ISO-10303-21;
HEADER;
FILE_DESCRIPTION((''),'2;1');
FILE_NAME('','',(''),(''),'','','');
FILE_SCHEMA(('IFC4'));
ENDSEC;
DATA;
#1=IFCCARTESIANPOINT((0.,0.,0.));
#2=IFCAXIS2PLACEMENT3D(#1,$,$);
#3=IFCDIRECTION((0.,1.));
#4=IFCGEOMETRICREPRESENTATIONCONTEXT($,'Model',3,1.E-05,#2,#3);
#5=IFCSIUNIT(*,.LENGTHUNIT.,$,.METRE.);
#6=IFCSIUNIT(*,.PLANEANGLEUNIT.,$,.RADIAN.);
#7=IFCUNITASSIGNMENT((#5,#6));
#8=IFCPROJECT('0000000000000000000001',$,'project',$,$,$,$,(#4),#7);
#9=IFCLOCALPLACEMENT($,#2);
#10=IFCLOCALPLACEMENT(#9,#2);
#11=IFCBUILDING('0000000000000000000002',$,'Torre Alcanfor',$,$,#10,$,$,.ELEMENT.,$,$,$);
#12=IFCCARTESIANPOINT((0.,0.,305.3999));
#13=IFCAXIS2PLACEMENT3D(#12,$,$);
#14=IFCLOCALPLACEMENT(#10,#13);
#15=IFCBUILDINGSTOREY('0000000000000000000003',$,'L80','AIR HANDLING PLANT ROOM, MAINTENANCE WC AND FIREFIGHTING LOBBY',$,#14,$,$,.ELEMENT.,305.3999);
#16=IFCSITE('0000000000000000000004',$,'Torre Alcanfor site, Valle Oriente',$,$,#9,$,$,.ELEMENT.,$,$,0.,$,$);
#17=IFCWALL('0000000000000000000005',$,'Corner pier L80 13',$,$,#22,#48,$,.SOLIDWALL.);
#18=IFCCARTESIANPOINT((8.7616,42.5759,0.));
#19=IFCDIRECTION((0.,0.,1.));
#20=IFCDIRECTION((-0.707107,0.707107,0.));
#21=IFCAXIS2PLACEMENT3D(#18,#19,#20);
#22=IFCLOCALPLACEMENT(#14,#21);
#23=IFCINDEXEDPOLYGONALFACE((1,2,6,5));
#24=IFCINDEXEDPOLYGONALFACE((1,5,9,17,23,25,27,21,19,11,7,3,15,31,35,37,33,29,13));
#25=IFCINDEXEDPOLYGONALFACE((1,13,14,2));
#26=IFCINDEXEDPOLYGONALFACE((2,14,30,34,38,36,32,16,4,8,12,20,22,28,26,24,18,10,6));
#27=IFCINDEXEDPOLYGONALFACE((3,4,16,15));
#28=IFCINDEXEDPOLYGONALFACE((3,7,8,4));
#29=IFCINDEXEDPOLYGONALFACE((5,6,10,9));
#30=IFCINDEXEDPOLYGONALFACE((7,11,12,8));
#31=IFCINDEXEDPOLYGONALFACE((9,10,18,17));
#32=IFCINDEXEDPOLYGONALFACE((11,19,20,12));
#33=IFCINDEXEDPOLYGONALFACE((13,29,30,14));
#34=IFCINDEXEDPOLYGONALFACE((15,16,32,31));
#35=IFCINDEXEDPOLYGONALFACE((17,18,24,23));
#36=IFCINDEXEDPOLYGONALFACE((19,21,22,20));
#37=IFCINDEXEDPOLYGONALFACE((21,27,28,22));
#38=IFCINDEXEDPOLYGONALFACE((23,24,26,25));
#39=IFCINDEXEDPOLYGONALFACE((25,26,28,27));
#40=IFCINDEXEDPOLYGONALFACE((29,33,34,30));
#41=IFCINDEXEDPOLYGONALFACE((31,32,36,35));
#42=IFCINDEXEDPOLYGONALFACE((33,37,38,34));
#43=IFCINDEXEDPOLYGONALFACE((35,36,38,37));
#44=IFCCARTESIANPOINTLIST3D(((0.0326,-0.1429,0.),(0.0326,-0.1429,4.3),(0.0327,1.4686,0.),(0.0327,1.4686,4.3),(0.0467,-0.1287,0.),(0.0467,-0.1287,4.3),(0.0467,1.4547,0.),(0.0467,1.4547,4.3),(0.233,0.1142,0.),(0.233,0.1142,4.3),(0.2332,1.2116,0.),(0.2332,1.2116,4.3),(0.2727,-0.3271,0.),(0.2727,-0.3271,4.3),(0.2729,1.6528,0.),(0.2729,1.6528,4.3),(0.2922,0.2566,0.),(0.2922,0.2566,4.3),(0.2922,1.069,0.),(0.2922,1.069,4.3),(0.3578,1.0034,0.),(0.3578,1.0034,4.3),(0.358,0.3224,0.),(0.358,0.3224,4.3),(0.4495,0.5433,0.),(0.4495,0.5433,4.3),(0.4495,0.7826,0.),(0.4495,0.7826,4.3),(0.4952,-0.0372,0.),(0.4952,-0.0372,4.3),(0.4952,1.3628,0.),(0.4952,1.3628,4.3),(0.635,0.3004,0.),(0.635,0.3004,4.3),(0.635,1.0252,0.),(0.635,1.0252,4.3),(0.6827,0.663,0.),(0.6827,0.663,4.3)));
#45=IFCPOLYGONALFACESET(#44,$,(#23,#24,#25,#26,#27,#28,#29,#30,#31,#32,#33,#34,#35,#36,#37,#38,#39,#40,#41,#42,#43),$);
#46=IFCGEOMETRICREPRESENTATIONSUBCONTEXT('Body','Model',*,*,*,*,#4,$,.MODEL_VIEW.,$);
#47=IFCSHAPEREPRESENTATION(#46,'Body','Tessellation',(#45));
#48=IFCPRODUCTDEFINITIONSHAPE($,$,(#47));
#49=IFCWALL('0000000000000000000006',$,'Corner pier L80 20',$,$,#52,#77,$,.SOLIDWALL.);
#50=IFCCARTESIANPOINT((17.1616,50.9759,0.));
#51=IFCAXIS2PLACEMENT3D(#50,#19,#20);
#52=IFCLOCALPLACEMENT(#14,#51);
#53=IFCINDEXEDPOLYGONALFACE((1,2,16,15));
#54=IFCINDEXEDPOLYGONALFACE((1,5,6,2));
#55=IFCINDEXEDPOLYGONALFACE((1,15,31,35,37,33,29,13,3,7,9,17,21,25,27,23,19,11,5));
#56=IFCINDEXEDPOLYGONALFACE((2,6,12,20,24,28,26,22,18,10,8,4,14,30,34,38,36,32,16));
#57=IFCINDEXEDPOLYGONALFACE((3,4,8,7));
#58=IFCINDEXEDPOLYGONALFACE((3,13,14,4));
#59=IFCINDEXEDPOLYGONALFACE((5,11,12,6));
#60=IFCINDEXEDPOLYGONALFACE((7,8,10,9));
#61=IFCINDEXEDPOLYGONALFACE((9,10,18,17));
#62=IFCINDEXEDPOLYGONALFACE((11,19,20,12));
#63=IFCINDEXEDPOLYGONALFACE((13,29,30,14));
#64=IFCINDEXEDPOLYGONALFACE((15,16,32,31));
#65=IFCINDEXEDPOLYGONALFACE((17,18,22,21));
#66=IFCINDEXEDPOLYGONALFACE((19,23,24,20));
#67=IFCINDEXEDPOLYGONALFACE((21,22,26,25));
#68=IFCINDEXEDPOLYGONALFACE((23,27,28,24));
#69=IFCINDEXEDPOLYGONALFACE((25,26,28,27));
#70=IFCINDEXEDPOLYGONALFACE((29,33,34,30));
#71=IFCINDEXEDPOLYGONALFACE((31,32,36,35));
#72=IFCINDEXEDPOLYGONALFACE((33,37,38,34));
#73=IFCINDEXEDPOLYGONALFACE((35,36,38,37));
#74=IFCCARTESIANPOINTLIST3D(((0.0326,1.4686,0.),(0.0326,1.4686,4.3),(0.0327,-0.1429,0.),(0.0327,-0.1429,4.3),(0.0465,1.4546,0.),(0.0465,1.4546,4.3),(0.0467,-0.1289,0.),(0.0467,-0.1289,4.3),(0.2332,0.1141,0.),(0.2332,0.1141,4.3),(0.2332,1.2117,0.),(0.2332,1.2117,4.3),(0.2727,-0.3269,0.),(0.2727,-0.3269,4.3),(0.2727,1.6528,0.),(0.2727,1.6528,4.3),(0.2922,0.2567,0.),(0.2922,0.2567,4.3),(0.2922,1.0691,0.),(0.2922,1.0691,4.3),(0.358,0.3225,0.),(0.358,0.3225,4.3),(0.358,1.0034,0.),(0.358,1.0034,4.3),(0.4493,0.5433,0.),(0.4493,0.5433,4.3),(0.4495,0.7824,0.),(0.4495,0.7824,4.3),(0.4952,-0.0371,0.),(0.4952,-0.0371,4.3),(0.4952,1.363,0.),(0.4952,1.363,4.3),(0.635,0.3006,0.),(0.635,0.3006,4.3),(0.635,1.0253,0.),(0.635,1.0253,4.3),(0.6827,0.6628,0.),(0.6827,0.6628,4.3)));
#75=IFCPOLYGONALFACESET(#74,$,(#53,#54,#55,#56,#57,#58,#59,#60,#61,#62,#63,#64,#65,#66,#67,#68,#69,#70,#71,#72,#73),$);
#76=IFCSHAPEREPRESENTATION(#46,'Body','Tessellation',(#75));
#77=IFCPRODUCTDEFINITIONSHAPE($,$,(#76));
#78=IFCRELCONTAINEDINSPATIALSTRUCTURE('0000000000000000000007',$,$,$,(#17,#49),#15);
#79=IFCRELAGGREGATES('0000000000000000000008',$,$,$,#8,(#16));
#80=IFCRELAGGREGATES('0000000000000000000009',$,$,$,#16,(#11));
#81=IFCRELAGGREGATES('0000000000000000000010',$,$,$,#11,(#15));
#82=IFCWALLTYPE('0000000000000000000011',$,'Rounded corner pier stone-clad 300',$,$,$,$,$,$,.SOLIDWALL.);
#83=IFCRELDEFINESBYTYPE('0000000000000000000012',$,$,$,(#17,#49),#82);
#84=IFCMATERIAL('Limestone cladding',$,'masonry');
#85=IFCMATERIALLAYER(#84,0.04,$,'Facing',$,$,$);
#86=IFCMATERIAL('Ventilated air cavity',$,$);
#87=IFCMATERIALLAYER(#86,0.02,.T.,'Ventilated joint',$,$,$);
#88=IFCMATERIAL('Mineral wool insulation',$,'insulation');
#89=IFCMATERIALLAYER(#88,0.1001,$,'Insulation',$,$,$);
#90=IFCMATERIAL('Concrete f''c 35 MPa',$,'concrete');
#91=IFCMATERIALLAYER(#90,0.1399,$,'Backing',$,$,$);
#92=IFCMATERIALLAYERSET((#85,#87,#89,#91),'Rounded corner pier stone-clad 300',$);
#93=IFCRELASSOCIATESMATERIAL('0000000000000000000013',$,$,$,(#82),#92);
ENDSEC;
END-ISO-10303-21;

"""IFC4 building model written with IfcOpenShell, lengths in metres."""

from ifc_helpers import new_model, si_unit, direction, frame, origin, place, context, subcontext, project, spatial, polyline, outline, extrude, material, layer, layer_set, type_object, element, save


model = new_model("IFC4")

# Units and contexts
model_context = context("Model", 3, precision=1e-05, world=origin(), true_north=direction((0.0, 1.0)))
body_context = subcontext(model_context, "Body", "Model", "MODEL_VIEW")
ifc_project = project(units=[si_unit("LENGTHUNIT", "METRE"), si_unit("PLANEANGLEUNIT", "RADIAN")], contexts=[model_context])

# Site, building, storey
site_placement = place(None, origin())
site = spatial("IfcSite", under=ifc_project, at=site_placement, Name="Torre Alcanfor site, Valle Oriente", CompositionType="ELEMENT", RefElevation=0.0)
building_placement = place(site_placement, origin())
building = spatial("IfcBuilding", under=site, at=building_placement, Name="Torre Alcanfor", CompositionType="ELEMENT")
storey_placement = place(building_placement, frame((0.0, 0.0, 305.3999)))
storey = spatial("IfcBuildingStorey", under=building, at=storey_placement, Name="L80", Description="AIR HANDLING PLANT ROOM, MAINTENANCE WC AND FIREFIGHTING LOBBY", CompositionType="ELEMENT", Elevation=305.3999)

# Shared definitions
ifc_material_1 = material(Name="Limestone cladding", Category="masonry")
ifc_material_2 = material(Name="Ventilated air cavity")
ifc_material_3 = material(Name="Mineral wool insulation", Category="insulation")
ifc_material_4 = material(Name="Concrete f'c 35 MPa", Category="concrete")

# Walls
ifc_layer_1 = layer(ifc_material_1, 0.04, Name="Facing")
ifc_layer_2 = layer(ifc_material_2, 0.02, ventilated=True, Name="Ventilated joint")
ifc_layer_3 = layer(ifc_material_3, 0.1001, Name="Insulation")
ifc_layer_4 = layer(ifc_material_4, 0.1399, Name="Backing")
ifc_layer_set_1 = layer_set([ifc_layer_1, ifc_layer_2, ifc_layer_3, ifc_layer_4], Name="Rounded corner pier stone-clad 300")
wall_type_1 = type_object("IfcWallType", Name="Rounded corner pier stone-clad 300", PredefinedType="SOLIDWALL", material=ifc_layer_set_1)
wall_1_placement = place(storey_placement, frame((8.7616, 42.5759, 0.0), z_axis=(0.0, 0.0, 1.0), x_axis=(-0.707107, 0.707107, 0.0)))
element("IfcWall", 1, at=wall_1_placement, inside=storey, type_object=wall_type_1, Name="Corner pier L80 13", PredefinedType="SOLIDWALL", context=body_context, shape_type="SweptSolid", body=[
    extrude(outline(polyline([(0.233, 0.1142), (0.0467, -0.1287), (0.0326, -0.1429), (0.2727, -0.3271), (0.4952, -0.0372), (0.635, 0.3004), (0.6827, 0.663), (0.635, 1.0252), (0.4952, 1.3628), (0.2729, 1.6528), (0.0327, 1.4686), (0.0467, 1.4547), (0.2332, 1.2116), (0.2922, 1.069), (0.3578, 1.0034), (0.4495, 0.7826), (0.4495, 0.5433), (0.358, 0.3224), (0.2922, 0.2566), (0.233, 0.1142)])), origin(), (0.0, 0.0, 1.0), 4.3),
])
wall_2_placement = place(storey_placement, frame((17.1616, 50.9759, 0.0), z_axis=(0.0, 0.0, 1.0), x_axis=(-0.707107, 0.707107, 0.0)))
element("IfcWall", 2, at=wall_2_placement, inside=storey, type_object=wall_type_1, Name="Corner pier L80 20", PredefinedType="SOLIDWALL", context=body_context, shape_type="SweptSolid", body=[
    extrude(outline(polyline([(0.0467, -0.1289), (0.0327, -0.1429), (0.2727, -0.3269), (0.4952, -0.0371), (0.635, 0.3006), (0.6827, 0.6628), (0.635, 1.0253), (0.4952, 1.363), (0.2727, 1.6528), (0.0326, 1.4686), (0.0465, 1.4546), (0.2332, 1.2117), (0.2922, 1.0691), (0.358, 1.0034), (0.4495, 0.7824), (0.4493, 0.5433), (0.358, 0.3225), (0.2922, 0.2567), (0.2332, 0.1141), (0.0467, -0.1289)])), origin(), (0.0, 0.0, 1.0), 4.3),
])

save(model, "model.ifc")
